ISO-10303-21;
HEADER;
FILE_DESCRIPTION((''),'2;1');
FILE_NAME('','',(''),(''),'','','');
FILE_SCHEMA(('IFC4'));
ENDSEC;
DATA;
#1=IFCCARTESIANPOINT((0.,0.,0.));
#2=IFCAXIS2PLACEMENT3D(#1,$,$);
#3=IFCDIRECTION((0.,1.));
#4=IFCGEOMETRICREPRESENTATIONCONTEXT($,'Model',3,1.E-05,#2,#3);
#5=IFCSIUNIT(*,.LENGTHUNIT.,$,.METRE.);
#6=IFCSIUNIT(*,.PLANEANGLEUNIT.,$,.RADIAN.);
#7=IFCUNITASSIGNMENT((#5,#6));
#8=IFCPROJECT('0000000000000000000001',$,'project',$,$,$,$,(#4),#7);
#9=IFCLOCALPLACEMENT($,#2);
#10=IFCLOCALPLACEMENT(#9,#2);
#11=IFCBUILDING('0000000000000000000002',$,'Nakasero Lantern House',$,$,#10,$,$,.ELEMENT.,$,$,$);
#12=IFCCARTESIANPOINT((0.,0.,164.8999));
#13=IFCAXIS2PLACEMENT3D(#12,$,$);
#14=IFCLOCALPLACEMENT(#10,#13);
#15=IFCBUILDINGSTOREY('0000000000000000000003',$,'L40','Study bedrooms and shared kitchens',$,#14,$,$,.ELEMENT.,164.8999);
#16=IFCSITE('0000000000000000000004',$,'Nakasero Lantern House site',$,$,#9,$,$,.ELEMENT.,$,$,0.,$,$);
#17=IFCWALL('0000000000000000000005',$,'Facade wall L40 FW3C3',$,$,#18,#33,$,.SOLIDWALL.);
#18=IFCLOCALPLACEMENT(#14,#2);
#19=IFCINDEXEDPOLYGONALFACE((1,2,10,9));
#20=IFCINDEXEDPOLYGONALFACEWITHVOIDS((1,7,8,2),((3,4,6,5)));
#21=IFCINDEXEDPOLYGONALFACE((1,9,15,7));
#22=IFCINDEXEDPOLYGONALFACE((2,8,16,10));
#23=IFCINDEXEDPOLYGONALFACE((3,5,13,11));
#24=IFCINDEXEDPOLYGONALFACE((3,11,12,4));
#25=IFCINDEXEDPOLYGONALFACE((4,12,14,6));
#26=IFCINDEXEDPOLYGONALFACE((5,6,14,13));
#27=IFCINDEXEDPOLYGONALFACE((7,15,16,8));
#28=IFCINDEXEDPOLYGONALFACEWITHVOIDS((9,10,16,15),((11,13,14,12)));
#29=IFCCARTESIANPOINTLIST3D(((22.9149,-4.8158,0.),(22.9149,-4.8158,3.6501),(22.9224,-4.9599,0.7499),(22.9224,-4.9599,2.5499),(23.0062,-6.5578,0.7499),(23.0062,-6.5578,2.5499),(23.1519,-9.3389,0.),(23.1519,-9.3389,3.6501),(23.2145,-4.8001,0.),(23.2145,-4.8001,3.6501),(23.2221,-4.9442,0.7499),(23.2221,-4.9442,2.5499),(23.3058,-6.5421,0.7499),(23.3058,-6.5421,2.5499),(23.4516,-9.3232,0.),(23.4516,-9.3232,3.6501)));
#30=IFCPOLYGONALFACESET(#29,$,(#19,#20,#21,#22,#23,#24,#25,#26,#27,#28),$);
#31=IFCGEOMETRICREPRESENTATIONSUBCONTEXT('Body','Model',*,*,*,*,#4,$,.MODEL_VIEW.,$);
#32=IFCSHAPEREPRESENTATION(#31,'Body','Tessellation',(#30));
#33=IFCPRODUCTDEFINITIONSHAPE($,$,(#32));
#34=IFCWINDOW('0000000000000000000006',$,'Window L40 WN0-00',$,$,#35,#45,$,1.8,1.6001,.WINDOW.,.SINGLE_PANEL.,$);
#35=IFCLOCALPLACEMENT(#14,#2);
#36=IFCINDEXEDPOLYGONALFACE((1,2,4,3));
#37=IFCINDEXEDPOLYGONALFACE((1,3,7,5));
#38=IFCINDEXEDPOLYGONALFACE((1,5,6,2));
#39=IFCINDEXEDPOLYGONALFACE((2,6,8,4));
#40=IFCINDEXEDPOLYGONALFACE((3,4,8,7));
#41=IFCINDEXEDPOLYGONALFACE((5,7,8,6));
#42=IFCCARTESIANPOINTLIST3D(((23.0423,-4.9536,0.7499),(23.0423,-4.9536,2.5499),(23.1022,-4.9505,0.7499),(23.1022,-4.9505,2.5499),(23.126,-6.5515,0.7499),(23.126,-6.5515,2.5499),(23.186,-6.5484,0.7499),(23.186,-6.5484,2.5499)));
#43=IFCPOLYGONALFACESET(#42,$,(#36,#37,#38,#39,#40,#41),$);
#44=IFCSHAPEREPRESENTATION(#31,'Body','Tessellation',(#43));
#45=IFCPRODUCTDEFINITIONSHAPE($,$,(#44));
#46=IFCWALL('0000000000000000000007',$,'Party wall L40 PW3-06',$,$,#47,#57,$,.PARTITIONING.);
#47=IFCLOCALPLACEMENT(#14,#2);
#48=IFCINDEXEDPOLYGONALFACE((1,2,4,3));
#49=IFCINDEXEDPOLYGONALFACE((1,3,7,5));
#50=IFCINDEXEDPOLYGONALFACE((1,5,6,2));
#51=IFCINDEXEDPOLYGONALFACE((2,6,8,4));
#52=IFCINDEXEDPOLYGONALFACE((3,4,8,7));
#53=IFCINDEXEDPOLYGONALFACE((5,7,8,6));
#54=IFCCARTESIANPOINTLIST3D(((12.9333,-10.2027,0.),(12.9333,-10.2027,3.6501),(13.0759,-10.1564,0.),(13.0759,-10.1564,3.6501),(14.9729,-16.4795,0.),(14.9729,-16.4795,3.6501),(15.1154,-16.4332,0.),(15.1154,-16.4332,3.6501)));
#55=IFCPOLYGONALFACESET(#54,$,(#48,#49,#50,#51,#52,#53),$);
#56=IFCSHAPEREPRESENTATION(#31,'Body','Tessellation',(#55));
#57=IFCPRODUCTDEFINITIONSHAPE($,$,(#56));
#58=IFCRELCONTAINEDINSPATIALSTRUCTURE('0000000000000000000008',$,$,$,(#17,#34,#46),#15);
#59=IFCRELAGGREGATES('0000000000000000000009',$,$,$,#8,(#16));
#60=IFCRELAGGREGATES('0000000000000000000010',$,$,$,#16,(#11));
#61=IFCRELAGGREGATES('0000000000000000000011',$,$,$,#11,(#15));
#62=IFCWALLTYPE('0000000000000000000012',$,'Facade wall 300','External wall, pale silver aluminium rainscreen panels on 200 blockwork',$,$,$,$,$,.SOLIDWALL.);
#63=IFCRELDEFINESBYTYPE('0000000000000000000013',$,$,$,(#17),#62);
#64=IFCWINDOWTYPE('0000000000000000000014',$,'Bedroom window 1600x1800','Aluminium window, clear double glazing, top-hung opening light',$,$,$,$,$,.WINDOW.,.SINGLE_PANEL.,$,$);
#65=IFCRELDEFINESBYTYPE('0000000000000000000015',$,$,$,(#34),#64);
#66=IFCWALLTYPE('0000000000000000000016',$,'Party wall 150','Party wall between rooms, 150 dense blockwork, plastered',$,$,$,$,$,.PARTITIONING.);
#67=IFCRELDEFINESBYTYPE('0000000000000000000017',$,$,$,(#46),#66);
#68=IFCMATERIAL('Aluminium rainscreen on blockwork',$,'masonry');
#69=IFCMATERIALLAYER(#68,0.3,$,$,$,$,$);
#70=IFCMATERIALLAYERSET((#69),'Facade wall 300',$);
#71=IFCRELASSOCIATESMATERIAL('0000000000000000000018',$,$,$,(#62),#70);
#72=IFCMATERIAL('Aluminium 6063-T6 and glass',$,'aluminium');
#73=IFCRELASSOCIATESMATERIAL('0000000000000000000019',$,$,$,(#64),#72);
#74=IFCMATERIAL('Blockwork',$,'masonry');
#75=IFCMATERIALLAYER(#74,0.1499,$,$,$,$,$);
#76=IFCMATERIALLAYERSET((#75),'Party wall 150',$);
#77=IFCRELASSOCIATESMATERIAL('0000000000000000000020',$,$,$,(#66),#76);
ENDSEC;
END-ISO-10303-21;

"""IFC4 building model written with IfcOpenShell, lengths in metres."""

from ifc_helpers import new_model, si_unit, direction, frame, frame_2d, origin, place, context, subcontext, project, spatial, rectangle, extrude, material, layer, layer_set, type_object, element, fill, save


model = new_model("IFC4")

# Units and contexts
model_context = context("Model", 3, precision=1e-05, world=origin(), true_north=direction((0.0, 1.0)))
body_context = subcontext(model_context, "Body", "Model", "MODEL_VIEW")
ifc_project = project(units=[si_unit("LENGTHUNIT", "METRE"), si_unit("PLANEANGLEUNIT", "RADIAN")], contexts=[model_context])

# Site, building, storey
site_placement = place(None, origin())
site = spatial("IfcSite", under=ifc_project, at=site_placement, Name="Nakasero Lantern House site", CompositionType="ELEMENT", RefElevation=0.0)
building_placement = place(site_placement, origin())
building = spatial("IfcBuilding", under=site, at=building_placement, Name="Nakasero Lantern House", CompositionType="ELEMENT")
storey_placement = place(building_placement, frame((0.0, 0.0, 164.8999)))
storey = spatial("IfcBuildingStorey", under=building, at=storey_placement, Name="L40", Description="Study bedrooms and shared kitchens", CompositionType="ELEMENT", Elevation=164.8999)

# Shared definitions
ifc_material_1 = material(Name="Aluminium rainscreen on blockwork", Category="masonry")
ifc_layer_1 = layer(ifc_material_1, 0.3)
ifc_layer_set_1 = layer_set([ifc_layer_1], Name="Facade wall 300")
wall_type_1 = type_object("IfcWallType", Name="Facade wall 300", Description="External wall, pale silver aluminium rainscreen panels on 200 blockwork", PredefinedType="SOLIDWALL", material=ifc_layer_set_1)

# Wall, opening, window
wall_1_placement = place(storey_placement, frame((23.3018, -9.3311, 0.0), z_axis=(0.0, 0.0, 1.0), x_axis=(-0.052338, 0.998629, 0.0)))
wall_1 = element("IfcWall", 1, at=wall_1_placement, inside=storey, type_object=wall_type_1, Name="Facade wall L40 FW3C3", PredefinedType="SOLIDWALL", context=body_context, shape_type="SweptSolid", body=[
    extrude(rectangle(XDim=4.5293, YDim=0.3, at=frame_2d((2.2646, 0.0))), origin(), (0.0, 0.0, 1.0), 3.6501),
])
opening_1_placement = place(wall_1_placement, frame((2.7849, 0.0, 0.75)))
opening_1 = element("IfcOpeningElement", 2, at=opening_1_placement, cuts=wall_1, PredefinedType="OPENING", context=body_context, shape_type="SweptSolid", body=[
    extrude(rectangle(XDim=1.6001, YDim=1.8, at=frame_2d((0.8, 0.8999))), frame((0.0, 0.1699, 0.0), z_axis=(0.0, -1.0, 0.0), x_axis=(1.0, 0.0, 0.0)), (0.0, 0.0, 1.0), 0.3401),
])
ifc_material_2 = material(Name="Aluminium 6063-T6 and glass", Category="aluminium")
window_type_1 = type_object("IfcWindowType", Name="Bedroom window 1600x1800", Description="Aluminium window, clear double glazing, top-hung opening light", PartitioningType="SINGLE_PANEL", PredefinedType="WINDOW", material=ifc_material_2)
window_1_placement = place(opening_1_placement, origin())
window_1 = element("IfcWindow", 3, at=window_1_placement, inside=storey, type_object=window_type_1, Name="Window L40 WN0-00", OverallHeight=1.8, OverallWidth=1.6001, PartitioningType="SINGLE_PANEL", PredefinedType="WINDOW", context=body_context, shape_type="SweptSolid", body=[
    extrude(rectangle(XDim=1.6001, YDim=1.8, at=frame_2d((0.8, 0.8999))), frame((0.0, 0.03, 0.0), z_axis=(0.0, -1.0, 0.0), x_axis=(1.0, 0.0, 0.0)), (0.0, 0.0, 1.0), 0.0601),
])
fill(opening_1, window_1)

# Wall
ifc_material_3 = material(Name="Blockwork", Category="masonry")
ifc_layer_2 = layer(ifc_material_3, 0.1499)
ifc_layer_set_2 = layer_set([ifc_layer_2], Name="Party wall 150")
wall_type_2 = type_object("IfcWallType", Name="Party wall 150", Description="Party wall between rooms, 150 dense blockwork, plastered", PredefinedType="PARTITIONING", material=ifc_layer_set_2)
wall_2_placement = place(storey_placement, frame((13.0046, -10.1797, 0.0), z_axis=(0.0, 0.0, 1.0), x_axis=(0.309028, -0.951053, 0.0)))
element("IfcWall", 4, at=wall_2_placement, inside=storey, type_object=wall_type_2, Name="Party wall L40 PW3-06", PredefinedType="PARTITIONING", context=body_context, shape_type="SweptSolid", body=[
    extrude(rectangle(XDim=6.5999, YDim=0.1499, at=frame_2d((3.2998, 0.0))), origin(), (0.0, 0.0, 1.0), 3.6501),
])

save(model, "model.ifc")
